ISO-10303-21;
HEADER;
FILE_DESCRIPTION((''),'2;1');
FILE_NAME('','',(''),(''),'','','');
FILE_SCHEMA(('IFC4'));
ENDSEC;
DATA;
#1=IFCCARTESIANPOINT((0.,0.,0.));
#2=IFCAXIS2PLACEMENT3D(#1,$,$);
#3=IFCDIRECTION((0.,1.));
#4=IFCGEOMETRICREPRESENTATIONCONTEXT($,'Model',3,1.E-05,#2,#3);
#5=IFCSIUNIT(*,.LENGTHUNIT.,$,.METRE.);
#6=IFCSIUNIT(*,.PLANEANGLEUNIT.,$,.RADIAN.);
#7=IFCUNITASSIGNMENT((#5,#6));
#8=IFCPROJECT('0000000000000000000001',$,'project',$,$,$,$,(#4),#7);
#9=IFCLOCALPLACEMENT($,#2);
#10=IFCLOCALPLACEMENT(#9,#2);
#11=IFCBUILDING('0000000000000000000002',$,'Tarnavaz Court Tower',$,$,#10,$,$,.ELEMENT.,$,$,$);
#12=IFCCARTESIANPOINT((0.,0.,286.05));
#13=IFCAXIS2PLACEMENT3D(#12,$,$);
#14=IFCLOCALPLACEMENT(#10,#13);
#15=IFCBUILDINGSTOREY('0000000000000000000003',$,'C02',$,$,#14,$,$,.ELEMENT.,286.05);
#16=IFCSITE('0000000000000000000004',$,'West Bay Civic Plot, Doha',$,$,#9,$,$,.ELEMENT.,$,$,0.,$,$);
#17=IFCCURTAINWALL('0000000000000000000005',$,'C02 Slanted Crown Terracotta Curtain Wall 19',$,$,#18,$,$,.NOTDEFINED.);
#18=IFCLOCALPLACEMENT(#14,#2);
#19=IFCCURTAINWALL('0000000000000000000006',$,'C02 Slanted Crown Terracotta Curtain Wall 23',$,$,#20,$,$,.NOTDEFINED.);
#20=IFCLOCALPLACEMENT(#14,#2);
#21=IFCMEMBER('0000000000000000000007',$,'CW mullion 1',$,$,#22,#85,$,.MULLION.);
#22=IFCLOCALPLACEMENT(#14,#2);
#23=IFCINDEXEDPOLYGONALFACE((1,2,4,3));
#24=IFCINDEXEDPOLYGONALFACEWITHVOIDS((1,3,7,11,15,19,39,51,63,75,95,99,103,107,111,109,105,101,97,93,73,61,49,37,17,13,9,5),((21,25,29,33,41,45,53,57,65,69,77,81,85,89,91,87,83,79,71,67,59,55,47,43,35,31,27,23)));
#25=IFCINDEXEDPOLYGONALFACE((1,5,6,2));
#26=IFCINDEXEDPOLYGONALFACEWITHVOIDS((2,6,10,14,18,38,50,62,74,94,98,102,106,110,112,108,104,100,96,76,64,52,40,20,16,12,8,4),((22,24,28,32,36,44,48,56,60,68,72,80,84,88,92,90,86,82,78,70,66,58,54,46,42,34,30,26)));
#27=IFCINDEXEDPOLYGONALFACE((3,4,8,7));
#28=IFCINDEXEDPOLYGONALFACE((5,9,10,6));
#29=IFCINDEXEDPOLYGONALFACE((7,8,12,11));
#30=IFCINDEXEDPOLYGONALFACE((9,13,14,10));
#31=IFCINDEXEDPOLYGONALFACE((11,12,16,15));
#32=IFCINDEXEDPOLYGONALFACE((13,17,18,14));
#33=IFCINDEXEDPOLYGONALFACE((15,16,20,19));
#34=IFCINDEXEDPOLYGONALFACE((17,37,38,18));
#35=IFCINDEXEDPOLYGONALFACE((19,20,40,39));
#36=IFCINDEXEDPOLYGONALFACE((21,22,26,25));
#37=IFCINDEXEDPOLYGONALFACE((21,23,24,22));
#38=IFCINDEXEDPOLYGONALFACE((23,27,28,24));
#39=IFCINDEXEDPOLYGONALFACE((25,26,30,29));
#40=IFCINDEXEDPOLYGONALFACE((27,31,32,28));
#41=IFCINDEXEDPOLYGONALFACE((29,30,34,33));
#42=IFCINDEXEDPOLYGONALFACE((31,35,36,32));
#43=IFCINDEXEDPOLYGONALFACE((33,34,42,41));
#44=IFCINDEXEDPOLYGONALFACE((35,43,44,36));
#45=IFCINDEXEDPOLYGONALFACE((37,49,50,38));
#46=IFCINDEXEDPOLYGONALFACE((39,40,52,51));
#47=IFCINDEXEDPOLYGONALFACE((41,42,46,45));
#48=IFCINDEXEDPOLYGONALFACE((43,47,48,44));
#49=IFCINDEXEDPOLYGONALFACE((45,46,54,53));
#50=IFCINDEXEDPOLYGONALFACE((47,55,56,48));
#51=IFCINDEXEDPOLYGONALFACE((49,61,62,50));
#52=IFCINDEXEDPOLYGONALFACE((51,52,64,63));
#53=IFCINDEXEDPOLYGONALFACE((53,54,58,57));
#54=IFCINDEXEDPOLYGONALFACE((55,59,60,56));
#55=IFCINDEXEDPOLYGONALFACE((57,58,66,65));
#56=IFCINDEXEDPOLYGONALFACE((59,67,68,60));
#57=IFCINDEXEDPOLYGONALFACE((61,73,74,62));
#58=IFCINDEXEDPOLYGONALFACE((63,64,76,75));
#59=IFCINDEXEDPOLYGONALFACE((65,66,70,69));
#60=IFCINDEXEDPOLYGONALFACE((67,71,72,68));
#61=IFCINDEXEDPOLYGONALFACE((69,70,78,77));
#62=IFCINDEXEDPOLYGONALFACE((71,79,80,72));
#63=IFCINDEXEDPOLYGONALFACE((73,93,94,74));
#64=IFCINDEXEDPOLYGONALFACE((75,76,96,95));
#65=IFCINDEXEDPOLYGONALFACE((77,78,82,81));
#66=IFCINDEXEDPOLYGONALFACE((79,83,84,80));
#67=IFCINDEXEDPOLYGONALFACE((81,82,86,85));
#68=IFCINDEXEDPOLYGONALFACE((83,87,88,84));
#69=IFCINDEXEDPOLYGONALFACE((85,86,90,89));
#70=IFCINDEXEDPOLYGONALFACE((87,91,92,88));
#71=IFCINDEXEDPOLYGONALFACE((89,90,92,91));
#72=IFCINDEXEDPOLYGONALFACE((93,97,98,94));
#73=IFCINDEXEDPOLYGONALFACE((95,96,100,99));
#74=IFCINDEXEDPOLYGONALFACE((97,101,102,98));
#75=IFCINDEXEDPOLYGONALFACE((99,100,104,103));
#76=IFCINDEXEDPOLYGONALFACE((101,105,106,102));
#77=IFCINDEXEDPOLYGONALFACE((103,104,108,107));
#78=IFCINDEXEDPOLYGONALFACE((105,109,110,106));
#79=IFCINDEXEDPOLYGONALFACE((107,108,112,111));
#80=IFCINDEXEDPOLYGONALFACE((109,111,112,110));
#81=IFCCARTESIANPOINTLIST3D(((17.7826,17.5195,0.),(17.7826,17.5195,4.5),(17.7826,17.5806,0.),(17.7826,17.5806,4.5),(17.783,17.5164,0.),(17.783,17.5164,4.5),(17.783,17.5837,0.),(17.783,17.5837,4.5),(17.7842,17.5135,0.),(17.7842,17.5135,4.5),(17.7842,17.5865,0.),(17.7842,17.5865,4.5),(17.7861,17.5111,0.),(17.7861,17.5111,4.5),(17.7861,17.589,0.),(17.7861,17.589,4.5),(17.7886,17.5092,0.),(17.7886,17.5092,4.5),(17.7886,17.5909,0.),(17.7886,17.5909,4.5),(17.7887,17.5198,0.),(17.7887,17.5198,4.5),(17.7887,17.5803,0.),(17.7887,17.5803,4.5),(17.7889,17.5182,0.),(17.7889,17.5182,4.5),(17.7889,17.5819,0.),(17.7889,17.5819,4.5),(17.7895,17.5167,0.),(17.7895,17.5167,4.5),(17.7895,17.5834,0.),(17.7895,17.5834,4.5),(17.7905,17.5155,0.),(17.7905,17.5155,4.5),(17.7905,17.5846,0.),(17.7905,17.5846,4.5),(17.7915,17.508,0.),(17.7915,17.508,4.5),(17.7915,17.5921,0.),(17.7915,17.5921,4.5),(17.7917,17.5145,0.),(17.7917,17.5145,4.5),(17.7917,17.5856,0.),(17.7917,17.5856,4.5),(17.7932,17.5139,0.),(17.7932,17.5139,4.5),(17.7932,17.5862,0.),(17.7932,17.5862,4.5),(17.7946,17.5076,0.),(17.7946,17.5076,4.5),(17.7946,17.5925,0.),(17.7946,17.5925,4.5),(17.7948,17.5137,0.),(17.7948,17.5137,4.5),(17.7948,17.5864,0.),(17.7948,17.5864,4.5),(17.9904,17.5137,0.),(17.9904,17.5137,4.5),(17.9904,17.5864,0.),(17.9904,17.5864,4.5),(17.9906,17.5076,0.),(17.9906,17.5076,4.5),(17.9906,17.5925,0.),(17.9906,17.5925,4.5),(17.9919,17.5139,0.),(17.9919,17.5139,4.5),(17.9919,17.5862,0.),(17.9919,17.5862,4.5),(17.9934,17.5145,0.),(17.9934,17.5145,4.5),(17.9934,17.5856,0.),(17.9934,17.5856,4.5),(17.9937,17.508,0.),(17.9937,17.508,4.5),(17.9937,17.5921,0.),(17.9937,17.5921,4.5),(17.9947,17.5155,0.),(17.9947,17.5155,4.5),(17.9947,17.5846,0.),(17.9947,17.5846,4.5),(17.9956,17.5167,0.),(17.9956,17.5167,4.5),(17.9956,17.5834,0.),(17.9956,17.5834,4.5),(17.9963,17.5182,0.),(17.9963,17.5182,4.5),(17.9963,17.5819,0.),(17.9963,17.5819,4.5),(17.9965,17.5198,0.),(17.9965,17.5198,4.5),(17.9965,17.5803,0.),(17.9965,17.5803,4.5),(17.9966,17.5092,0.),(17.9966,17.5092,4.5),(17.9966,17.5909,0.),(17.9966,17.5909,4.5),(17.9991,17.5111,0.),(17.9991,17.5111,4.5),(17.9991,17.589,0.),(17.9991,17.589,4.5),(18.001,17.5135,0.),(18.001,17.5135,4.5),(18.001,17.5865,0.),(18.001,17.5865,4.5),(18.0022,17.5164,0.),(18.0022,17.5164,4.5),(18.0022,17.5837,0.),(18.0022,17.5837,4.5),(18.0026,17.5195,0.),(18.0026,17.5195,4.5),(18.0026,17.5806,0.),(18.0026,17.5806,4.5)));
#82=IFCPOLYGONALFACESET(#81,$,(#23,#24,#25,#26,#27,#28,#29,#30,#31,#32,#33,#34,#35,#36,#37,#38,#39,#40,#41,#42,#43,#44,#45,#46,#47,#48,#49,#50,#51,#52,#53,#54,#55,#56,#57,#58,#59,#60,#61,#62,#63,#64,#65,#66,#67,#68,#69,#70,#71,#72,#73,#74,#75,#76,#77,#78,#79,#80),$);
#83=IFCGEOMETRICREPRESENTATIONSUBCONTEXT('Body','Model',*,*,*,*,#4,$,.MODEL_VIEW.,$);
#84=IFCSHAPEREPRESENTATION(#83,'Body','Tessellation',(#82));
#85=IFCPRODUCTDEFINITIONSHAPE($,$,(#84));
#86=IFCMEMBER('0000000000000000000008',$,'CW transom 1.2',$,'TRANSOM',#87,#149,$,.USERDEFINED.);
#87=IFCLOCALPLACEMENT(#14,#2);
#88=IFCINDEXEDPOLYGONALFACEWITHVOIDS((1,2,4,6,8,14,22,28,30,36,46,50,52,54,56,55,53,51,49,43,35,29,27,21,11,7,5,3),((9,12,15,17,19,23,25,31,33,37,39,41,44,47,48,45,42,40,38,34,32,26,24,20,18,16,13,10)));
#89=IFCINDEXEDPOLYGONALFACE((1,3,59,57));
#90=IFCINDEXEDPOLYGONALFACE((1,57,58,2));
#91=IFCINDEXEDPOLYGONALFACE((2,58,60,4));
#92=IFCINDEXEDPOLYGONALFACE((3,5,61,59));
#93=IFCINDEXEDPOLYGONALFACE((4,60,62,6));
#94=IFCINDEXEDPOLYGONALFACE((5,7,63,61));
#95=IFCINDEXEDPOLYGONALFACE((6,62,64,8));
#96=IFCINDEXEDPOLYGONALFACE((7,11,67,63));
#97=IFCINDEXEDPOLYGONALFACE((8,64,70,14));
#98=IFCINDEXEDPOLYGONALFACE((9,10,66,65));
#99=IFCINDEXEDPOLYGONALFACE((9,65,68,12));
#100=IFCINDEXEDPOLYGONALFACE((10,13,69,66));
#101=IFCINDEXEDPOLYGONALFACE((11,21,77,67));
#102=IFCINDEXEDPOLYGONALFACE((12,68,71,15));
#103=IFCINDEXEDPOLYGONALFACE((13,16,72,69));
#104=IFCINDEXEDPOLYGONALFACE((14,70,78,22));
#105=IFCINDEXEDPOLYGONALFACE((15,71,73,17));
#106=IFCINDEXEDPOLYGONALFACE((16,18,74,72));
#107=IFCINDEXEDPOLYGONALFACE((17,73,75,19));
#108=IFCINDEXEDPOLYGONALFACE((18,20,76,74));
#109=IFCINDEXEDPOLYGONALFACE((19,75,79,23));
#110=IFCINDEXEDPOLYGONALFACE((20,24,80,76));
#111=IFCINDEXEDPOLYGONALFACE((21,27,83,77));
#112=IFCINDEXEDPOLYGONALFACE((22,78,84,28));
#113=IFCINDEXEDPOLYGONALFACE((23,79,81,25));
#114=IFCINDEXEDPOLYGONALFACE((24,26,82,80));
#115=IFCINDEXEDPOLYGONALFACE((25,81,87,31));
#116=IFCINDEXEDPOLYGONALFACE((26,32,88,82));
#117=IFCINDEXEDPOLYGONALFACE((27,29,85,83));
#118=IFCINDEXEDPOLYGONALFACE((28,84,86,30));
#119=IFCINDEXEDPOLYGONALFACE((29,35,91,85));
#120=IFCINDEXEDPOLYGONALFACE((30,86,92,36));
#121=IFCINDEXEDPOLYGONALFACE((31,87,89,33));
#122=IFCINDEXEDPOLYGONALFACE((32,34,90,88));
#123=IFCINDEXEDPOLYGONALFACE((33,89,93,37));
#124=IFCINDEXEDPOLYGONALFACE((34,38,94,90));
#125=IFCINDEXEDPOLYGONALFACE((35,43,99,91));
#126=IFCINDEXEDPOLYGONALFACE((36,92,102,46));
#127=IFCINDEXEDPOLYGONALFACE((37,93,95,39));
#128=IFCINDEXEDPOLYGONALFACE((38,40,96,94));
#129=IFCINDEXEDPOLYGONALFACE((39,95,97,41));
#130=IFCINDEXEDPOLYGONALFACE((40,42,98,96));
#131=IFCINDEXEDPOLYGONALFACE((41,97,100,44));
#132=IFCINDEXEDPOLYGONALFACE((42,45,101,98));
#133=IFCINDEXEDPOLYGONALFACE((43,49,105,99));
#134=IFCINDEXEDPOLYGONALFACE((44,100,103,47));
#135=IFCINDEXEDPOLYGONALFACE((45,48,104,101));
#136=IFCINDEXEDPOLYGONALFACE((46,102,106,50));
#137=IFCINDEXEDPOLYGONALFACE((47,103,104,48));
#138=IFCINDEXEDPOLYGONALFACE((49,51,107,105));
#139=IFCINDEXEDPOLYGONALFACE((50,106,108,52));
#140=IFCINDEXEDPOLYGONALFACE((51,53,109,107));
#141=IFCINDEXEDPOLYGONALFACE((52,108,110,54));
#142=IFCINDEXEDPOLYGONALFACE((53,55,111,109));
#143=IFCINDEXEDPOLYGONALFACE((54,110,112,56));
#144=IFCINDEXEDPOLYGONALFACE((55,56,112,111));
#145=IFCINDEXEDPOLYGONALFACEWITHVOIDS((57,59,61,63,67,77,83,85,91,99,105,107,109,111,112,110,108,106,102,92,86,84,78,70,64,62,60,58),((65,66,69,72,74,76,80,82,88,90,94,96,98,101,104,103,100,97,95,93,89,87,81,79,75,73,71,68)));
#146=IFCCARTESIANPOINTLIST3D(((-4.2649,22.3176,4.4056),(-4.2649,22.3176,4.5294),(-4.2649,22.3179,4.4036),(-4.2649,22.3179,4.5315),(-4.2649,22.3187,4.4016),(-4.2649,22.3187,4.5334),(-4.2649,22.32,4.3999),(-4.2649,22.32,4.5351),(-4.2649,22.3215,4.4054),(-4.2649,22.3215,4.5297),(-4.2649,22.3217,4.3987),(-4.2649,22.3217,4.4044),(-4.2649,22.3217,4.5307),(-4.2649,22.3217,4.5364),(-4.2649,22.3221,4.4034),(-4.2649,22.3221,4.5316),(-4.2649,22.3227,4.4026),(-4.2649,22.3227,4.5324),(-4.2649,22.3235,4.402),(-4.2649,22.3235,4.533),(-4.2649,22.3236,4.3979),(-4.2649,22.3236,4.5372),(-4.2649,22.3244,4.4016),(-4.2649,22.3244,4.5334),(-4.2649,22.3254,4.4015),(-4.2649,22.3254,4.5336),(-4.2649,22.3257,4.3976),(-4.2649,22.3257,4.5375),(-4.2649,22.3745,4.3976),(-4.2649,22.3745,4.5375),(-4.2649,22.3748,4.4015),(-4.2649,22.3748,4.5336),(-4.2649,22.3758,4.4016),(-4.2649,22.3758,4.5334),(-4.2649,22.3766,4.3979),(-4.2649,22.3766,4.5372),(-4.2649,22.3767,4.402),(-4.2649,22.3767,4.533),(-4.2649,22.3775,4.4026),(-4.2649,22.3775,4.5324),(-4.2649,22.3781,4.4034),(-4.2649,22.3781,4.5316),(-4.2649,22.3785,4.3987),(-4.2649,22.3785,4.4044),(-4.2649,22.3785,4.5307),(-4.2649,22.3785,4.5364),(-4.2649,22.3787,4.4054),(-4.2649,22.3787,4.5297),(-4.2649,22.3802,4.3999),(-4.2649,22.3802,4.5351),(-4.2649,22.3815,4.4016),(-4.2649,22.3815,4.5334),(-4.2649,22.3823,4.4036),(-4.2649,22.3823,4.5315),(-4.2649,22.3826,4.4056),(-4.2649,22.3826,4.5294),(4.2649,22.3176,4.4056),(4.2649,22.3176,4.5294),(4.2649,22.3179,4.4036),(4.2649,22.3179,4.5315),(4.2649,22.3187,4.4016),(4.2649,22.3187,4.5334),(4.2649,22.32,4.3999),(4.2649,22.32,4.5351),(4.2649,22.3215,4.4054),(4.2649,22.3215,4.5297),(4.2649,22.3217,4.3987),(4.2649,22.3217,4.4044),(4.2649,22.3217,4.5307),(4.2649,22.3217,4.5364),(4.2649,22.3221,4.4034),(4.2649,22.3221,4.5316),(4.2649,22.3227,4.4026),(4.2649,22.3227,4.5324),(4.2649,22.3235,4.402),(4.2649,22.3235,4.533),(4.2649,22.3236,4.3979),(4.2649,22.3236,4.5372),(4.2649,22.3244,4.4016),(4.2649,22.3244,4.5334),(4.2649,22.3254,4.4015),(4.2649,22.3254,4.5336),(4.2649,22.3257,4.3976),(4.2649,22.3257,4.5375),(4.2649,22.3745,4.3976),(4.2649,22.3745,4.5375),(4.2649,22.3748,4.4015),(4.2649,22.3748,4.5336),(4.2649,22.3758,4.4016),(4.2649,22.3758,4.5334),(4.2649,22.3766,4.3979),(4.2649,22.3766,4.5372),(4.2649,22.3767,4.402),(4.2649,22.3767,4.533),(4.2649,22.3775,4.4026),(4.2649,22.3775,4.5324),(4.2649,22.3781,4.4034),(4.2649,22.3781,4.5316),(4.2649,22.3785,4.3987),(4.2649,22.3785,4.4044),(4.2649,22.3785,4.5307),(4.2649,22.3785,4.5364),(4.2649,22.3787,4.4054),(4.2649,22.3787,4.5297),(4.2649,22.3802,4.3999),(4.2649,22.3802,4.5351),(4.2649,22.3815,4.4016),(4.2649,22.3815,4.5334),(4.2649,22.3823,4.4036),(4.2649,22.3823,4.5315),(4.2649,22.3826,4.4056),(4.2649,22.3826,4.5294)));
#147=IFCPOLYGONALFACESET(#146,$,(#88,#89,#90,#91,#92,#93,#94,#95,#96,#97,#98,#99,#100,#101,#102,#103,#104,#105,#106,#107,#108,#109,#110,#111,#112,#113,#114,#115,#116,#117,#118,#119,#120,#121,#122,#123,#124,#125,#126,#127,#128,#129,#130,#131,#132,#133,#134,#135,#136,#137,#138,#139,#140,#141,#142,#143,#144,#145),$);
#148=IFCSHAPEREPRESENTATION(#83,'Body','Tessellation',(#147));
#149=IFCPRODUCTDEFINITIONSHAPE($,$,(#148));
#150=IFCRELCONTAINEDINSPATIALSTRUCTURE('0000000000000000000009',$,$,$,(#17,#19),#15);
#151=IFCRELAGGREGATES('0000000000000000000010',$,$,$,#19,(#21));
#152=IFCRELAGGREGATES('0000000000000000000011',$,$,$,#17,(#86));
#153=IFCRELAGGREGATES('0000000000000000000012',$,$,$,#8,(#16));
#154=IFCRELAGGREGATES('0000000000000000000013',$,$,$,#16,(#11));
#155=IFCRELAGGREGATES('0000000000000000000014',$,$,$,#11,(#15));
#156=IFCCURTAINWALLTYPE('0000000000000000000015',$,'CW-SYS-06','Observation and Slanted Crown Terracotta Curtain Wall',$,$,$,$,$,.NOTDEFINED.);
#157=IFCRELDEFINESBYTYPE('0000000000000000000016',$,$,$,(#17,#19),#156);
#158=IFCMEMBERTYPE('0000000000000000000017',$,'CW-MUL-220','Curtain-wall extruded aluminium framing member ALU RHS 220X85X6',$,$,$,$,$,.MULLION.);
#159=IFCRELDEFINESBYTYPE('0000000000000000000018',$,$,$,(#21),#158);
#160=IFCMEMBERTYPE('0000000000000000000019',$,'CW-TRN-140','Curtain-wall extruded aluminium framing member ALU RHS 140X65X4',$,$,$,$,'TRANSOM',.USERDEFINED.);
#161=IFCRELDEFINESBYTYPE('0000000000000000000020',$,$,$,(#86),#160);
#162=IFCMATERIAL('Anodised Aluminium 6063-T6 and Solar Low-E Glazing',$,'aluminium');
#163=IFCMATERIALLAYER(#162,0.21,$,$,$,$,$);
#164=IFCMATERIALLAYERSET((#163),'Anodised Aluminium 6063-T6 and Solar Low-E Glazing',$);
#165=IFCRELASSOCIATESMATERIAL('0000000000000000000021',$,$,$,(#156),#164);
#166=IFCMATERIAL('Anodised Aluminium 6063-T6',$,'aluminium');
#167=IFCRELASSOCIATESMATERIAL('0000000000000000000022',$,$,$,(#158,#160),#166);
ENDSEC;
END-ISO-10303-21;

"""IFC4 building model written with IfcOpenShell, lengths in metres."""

from ifc_helpers import new_model, si_unit, direction, frame, origin, origin_2d, place, context, subcontext, project, spatial, hollow_rectangle, extrude, material, layer, layer_set, material_profile, profile_set, type_object, element, aggregate, save


model = new_model("IFC4")

# Units and contexts
model_context = context("Model", 3, precision=1e-05, world=origin(), true_north=direction((0.0, 1.0)))
body_context = subcontext(model_context, "Body", "Model", "MODEL_VIEW")
ifc_project = project(units=[si_unit("LENGTHUNIT", "METRE"), si_unit("PLANEANGLEUNIT", "RADIAN")], contexts=[model_context])

# Site, building, storey
site_placement = place(None, origin())
site = spatial("IfcSite", under=ifc_project, at=site_placement, Name="West Bay Civic Plot, Doha", CompositionType="ELEMENT", RefElevation=0.0)
building_placement = place(site_placement, origin())
building = spatial("IfcBuilding", under=site, at=building_placement, Name="Tarnavaz Court Tower", CompositionType="ELEMENT")
storey_placement = place(building_placement, frame((0.0, 0.0, 286.05)))
storey = spatial("IfcBuildingStorey", under=building, at=storey_placement, Name="C02", CompositionType="ELEMENT", Elevation=286.05)

# Curtain wall
ifc_material_1 = material(Name="Anodised Aluminium 6063-T6 and Solar Low-E Glazing", Category="aluminium")
ifc_layer_1 = layer(ifc_material_1, 0.21)
ifc_layer_set_1 = layer_set([ifc_layer_1], Name="Anodised Aluminium 6063-T6 and Solar Low-E Glazing")
curtain_wall_type = type_object("IfcCurtainWallType", Name="CW-SYS-06", Description="Observation and Slanted Crown Terracotta Curtain Wall", PredefinedType="NOTDEFINED", material=ifc_layer_set_1)
curtain_wall_1_placement = place(storey_placement, origin())
curtain_wall_1 = element("IfcCurtainWall", 1, at=curtain_wall_1_placement, inside=storey, type_object=curtain_wall_type, Name="C02 Slanted Crown Terracotta Curtain Wall 19", PredefinedType="NOTDEFINED")
ifc_material_2 = material(Name="Anodised Aluminium 6063-T6", Category="aluminium")
ifc_material_profile_1 = material_profile(ifc_material_2, hollow_rectangle(XDim=0.085, YDim=0.22, WallThickness=0.0061, InnerFilletRadius=0.0061, OuterFilletRadius=0.012, at=origin_2d()), Name="ALU RHS 220X85X6")
ifc_profile_set_1 = profile_set([ifc_material_profile_1], Name="Anodised Aluminium 6063-T6")
member_type_1 = type_object("IfcMemberType", Name="CW-MUL-220", Description="Curtain-wall extruded aluminium framing member ALU RHS 220X85X6", PredefinedType="MULLION", material=ifc_profile_set_1)

# Curtain wall, member
curtain_wall_2_placement = place(storey_placement, origin())
curtain_wall_2 = element("IfcCurtainWall", 2, at=curtain_wall_2_placement, inside=storey, type_object=curtain_wall_type, Name="C02 Slanted Crown Terracotta Curtain Wall 23", PredefinedType="NOTDEFINED")
member_1_placement = place(storey_placement, frame((17.8926, 17.55, 0.0), z_axis=(0.0, 0.0, 1.0), x_axis=(0.0, 1.0, 0.0)))
member_1 = element("IfcMember", 3, at=member_1_placement, type_object=member_type_1, Name="CW mullion 1", PredefinedType="MULLION", context=body_context, shape_type="SweptSolid", body=[
    extrude(hollow_rectangle(XDim=0.085, YDim=0.22, WallThickness=0.0061, InnerFilletRadius=0.0061, OuterFilletRadius=0.012, at=origin_2d()), origin(), (0.0, 0.0, 1.0), 4.5),
])

# Member
ifc_material_profile_2 = material_profile(ifc_material_2, hollow_rectangle(XDim=0.0649, YDim=0.1399, WallThickness=0.0039, InnerFilletRadius=0.0039, OuterFilletRadius=0.0081, at=origin_2d()), Name="ALU RHS 140X65X4")
ifc_profile_set_2 = profile_set([ifc_material_profile_2], Name="Anodised Aluminium 6063-T6")
member_type_2 = type_object("IfcMemberType", Name="CW-TRN-140", Description="Curtain-wall extruded aluminium framing member ALU RHS 140X65X4", ElementType="TRANSOM", PredefinedType="USERDEFINED", material=ifc_profile_set_2)
member_2_placement = place(storey_placement, frame((-4.2649, 22.3501, 4.4675), z_axis=(1.0, 0.0, 0.0), x_axis=(0.0, 1.0, 0.0)))
member_2 = element("IfcMember", 4, at=member_2_placement, type_object=member_type_2, Name="CW transom 1.2", ObjectType="TRANSOM", PredefinedType="USERDEFINED", context=body_context, shape_type="SweptSolid", body=[
    extrude(hollow_rectangle(XDim=0.0649, YDim=0.1399, WallThickness=0.0039, InnerFilletRadius=0.0039, OuterFilletRadius=0.0081, at=origin_2d()), origin(), (0.0, 0.0, 1.0), 8.5298),
])
aggregate(curtain_wall_2, [member_1])

aggregate(curtain_wall_1, [member_2])

save(model, "model.ifc")
